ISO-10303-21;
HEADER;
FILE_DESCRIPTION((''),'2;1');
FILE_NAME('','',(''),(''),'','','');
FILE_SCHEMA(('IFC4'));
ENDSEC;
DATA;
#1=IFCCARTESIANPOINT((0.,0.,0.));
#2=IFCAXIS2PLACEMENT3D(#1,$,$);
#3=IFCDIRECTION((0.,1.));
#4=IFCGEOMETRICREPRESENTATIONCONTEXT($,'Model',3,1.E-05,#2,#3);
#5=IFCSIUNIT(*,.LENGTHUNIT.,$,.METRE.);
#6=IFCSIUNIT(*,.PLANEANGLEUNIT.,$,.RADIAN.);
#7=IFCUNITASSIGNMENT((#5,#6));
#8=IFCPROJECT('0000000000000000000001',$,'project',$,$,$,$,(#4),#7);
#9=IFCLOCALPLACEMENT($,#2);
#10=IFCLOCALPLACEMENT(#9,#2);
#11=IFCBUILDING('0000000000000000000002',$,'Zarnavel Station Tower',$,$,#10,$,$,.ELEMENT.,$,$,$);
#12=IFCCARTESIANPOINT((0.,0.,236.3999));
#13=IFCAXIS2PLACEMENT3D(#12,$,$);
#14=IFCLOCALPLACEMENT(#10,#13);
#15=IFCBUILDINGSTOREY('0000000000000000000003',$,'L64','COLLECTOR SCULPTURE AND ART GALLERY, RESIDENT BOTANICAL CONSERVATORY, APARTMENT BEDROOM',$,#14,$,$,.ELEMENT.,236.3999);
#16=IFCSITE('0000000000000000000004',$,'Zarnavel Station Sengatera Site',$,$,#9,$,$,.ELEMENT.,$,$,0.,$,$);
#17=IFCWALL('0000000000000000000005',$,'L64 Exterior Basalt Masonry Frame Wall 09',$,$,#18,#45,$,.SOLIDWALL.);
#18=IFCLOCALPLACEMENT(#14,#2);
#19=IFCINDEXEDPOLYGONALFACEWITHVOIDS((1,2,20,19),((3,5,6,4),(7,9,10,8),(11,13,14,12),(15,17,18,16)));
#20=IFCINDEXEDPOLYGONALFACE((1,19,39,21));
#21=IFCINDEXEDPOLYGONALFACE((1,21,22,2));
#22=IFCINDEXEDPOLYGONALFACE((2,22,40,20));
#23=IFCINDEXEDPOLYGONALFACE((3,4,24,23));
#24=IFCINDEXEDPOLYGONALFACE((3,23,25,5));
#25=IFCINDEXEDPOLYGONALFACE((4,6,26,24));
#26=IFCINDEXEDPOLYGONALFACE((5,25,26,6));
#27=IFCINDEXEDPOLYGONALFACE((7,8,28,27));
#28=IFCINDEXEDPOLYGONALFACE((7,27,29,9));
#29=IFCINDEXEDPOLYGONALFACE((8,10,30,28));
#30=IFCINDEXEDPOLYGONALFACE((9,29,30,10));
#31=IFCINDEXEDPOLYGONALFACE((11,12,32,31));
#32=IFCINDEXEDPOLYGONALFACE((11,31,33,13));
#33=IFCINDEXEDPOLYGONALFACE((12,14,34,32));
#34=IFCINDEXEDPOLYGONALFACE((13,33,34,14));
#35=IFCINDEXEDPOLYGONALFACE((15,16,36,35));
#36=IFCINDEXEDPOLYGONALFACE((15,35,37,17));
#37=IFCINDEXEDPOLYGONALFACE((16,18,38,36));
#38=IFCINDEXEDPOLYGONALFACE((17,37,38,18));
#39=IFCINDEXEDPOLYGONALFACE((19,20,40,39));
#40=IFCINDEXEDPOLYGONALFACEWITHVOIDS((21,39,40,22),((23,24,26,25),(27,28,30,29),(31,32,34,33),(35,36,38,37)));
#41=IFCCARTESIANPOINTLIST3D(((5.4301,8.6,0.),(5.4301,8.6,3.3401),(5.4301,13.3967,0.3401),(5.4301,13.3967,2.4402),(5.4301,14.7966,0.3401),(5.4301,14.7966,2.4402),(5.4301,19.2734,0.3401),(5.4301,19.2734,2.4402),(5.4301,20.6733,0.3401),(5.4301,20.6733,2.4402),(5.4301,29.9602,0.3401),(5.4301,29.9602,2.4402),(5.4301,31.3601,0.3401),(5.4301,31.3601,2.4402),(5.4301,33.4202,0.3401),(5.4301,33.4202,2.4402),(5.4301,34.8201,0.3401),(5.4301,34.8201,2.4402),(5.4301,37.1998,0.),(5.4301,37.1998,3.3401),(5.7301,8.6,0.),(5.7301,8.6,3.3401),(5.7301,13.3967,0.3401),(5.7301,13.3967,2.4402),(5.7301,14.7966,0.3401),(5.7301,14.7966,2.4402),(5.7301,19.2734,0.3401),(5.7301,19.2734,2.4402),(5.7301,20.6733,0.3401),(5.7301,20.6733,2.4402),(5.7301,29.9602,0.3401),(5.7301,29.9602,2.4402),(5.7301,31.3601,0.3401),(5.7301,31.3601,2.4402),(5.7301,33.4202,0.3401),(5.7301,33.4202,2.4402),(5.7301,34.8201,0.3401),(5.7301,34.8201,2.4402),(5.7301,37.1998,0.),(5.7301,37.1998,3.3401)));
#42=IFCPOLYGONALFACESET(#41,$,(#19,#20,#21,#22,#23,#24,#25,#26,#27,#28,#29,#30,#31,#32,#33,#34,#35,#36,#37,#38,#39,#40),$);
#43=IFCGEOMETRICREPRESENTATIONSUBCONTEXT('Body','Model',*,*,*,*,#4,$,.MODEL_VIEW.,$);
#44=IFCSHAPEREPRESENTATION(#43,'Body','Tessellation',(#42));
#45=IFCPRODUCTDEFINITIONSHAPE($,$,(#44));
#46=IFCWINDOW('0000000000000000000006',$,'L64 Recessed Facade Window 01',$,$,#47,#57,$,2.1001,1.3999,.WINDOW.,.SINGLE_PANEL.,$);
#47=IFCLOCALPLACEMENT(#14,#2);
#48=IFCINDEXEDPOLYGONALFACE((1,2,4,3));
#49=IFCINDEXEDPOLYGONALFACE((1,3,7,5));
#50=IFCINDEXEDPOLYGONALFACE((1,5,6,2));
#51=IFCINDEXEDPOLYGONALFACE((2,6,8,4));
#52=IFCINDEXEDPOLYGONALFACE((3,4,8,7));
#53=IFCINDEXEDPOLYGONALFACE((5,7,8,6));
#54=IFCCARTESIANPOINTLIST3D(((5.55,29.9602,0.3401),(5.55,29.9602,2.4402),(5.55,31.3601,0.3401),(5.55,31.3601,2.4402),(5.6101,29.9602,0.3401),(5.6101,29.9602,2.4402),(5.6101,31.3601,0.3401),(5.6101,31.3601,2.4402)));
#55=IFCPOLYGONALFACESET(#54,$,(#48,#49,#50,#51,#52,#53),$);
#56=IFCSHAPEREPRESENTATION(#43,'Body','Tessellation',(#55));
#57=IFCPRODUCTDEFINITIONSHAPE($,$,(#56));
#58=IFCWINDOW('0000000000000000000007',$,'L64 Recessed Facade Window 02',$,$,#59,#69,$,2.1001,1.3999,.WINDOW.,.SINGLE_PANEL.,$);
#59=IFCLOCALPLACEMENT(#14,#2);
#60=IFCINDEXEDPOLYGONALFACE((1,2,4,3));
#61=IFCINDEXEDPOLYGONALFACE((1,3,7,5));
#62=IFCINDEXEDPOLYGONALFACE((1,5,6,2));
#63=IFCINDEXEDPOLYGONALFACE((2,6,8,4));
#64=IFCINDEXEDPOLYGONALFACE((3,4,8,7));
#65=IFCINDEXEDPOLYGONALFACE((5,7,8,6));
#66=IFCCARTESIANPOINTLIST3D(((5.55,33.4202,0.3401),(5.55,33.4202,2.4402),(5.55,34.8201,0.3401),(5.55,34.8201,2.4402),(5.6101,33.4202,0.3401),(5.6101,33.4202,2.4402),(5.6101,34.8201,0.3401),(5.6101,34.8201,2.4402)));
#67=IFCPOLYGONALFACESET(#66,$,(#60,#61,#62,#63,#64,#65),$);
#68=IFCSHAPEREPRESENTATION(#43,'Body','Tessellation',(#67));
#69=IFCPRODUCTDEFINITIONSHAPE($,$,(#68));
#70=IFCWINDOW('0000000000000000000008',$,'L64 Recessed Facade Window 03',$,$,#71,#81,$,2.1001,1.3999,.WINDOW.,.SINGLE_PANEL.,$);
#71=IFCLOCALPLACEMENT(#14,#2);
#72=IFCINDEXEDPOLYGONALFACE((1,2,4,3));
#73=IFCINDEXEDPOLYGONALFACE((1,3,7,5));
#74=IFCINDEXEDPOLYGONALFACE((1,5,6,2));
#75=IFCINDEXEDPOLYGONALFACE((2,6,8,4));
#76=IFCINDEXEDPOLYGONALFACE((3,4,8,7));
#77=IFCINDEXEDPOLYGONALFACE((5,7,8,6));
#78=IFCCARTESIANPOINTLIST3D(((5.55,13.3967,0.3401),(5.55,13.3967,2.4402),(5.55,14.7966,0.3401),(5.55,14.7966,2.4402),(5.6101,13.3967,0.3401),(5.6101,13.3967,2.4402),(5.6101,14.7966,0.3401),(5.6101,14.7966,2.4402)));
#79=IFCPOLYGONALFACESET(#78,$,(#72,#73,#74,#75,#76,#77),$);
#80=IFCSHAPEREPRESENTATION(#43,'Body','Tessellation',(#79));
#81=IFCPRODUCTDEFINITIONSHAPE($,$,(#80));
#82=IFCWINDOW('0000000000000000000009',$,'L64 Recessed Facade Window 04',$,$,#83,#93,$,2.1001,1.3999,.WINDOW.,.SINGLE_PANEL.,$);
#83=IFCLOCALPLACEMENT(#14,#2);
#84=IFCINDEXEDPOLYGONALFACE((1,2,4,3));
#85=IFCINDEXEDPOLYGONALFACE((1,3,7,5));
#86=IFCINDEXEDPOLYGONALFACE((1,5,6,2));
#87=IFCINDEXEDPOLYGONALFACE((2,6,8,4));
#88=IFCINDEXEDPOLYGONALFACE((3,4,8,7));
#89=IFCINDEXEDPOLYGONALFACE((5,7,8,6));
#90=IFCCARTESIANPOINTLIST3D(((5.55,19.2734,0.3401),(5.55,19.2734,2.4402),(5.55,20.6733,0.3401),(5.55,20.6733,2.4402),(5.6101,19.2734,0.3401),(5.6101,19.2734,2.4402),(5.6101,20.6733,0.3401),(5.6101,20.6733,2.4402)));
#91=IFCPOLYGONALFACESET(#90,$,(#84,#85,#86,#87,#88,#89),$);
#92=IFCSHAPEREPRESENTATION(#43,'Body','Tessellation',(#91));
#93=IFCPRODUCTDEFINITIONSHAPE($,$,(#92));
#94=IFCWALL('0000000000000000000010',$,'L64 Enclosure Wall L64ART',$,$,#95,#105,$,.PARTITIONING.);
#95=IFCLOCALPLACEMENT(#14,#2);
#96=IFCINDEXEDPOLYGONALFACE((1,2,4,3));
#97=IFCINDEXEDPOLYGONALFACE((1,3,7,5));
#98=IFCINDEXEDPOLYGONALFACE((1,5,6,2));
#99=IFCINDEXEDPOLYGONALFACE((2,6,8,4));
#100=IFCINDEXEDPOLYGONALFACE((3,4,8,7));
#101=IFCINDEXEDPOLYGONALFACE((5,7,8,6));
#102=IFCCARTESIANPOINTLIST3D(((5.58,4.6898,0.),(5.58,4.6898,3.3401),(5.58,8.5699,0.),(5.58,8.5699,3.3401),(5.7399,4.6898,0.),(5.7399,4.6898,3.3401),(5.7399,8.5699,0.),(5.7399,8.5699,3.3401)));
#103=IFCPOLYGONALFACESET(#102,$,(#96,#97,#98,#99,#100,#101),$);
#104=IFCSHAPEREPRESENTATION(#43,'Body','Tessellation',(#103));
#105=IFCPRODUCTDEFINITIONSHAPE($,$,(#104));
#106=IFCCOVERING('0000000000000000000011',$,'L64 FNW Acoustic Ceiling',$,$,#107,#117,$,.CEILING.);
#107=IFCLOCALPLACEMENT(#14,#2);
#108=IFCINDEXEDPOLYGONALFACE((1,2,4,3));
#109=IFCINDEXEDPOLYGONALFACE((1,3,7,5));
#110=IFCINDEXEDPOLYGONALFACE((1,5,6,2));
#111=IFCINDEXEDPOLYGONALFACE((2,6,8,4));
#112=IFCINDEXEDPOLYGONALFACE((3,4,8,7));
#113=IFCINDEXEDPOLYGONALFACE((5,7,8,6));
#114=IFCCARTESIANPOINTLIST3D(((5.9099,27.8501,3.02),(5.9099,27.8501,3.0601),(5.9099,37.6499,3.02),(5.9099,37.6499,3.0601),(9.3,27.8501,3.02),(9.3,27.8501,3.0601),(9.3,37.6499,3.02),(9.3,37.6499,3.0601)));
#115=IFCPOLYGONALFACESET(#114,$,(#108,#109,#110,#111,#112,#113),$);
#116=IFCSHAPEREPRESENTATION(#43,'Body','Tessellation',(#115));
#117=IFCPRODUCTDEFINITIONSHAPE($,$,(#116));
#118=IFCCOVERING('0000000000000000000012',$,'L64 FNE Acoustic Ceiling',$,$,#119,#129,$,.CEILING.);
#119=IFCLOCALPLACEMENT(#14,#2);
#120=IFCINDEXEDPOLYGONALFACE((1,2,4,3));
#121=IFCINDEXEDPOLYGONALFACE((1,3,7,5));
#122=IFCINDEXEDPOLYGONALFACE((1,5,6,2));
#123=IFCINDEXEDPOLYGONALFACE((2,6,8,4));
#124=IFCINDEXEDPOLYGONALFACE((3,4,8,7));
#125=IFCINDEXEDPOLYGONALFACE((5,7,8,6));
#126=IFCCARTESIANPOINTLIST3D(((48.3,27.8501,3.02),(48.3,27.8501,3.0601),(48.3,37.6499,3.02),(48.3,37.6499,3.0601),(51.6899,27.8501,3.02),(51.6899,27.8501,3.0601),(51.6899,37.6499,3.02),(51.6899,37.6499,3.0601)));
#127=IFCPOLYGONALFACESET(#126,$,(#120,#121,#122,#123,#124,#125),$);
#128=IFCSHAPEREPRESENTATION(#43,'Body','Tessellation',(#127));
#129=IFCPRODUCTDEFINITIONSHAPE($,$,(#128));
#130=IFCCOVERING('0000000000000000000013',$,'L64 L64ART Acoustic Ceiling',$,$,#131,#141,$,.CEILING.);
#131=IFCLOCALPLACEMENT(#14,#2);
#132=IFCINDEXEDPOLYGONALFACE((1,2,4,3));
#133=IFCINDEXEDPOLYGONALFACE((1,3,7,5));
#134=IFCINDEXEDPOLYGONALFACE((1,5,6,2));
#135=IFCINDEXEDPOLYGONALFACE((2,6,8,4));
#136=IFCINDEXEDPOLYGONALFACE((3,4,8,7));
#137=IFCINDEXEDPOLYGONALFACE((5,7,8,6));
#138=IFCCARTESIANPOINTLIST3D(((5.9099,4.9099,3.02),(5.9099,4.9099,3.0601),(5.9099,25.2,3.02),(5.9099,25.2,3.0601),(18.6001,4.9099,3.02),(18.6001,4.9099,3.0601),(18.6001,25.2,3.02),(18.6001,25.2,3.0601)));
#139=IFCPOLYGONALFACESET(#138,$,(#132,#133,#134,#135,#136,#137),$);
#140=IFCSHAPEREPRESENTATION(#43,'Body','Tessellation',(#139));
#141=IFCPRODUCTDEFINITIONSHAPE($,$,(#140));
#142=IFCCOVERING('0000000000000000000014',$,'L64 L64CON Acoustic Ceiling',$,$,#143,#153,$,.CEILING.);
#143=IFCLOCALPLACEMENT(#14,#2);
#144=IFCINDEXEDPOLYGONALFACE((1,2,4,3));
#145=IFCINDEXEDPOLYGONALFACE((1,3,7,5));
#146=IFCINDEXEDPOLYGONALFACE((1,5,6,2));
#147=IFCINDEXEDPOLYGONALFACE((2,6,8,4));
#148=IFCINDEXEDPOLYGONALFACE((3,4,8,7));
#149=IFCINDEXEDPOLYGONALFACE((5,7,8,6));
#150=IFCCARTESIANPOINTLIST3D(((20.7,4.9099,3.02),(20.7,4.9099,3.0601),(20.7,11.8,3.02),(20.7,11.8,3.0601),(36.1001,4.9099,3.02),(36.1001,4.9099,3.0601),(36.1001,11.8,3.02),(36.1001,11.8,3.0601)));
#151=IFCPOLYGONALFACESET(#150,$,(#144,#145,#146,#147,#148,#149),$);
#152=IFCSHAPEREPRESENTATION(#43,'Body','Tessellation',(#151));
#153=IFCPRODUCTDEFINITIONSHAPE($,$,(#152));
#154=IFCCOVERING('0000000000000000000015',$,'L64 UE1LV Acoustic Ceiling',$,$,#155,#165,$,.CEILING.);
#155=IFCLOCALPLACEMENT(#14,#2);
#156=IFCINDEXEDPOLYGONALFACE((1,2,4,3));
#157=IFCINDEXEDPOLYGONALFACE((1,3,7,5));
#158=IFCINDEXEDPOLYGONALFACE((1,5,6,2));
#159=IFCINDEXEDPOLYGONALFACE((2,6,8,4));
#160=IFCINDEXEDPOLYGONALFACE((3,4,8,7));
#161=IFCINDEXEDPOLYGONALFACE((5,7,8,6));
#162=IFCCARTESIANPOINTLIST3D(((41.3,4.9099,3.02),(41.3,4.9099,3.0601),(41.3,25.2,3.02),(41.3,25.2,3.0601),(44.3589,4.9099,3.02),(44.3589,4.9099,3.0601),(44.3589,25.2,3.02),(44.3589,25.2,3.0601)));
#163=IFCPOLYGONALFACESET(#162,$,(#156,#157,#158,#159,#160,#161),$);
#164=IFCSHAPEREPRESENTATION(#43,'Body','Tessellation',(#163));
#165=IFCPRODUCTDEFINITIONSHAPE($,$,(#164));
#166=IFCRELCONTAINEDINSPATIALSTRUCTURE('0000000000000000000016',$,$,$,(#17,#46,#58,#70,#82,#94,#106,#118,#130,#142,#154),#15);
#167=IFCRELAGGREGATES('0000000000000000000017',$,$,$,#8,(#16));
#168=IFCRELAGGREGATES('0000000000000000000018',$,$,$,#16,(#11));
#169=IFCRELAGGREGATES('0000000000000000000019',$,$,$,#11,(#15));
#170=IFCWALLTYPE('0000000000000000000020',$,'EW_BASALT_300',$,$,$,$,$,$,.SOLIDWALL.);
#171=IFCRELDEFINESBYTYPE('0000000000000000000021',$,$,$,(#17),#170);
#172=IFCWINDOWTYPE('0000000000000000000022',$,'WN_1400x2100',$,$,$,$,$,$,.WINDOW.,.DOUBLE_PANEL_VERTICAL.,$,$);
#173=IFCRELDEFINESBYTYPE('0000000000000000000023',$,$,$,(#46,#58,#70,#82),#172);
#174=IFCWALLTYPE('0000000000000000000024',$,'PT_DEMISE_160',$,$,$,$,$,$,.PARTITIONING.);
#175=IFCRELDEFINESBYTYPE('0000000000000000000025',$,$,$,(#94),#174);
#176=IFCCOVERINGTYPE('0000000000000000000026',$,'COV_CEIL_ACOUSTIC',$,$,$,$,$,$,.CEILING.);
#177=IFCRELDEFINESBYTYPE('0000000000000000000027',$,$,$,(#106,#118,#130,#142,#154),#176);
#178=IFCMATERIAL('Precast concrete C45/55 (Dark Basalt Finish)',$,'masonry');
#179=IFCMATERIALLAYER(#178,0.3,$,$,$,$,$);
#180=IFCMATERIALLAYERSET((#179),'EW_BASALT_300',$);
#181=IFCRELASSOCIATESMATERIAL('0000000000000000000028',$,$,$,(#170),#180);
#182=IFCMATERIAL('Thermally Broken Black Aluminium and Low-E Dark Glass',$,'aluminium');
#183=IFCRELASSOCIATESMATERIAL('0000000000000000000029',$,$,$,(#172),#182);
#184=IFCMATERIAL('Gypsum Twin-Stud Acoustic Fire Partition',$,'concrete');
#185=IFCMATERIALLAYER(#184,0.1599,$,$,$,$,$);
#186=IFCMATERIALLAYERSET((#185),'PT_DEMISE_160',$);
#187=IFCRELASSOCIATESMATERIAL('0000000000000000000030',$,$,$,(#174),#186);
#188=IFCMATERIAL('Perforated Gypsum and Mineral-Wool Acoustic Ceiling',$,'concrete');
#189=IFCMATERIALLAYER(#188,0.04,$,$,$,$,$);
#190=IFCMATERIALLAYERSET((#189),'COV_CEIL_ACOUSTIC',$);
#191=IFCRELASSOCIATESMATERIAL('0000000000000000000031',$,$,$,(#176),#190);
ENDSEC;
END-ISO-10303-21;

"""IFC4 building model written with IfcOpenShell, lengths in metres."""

from ifc_helpers import new_model, si_unit, direction, frame, frame_2d, origin, place, context, subcontext, project, spatial, polyline, rectangle, outline, extrude, material, layer, layer_set, type_object, element, fill, save


model = new_model("IFC4")

# Units and contexts
model_context = context("Model", 3, precision=1e-05, world=origin(), true_north=direction((0.0, 1.0)))
body_context = subcontext(model_context, "Body", "Model", "MODEL_VIEW")
ifc_project = project(units=[si_unit("LENGTHUNIT", "METRE"), si_unit("PLANEANGLEUNIT", "RADIAN")], contexts=[model_context])

# Site, building, storey
site_placement = place(None, origin())
site = spatial("IfcSite", under=ifc_project, at=site_placement, Name="Zarnavel Station Sengatera Site", CompositionType="ELEMENT", RefElevation=0.0)
building_placement = place(site_placement, origin())
building = spatial("IfcBuilding", under=site, at=building_placement, Name="Zarnavel Station Tower", CompositionType="ELEMENT")
storey_placement = place(building_placement, frame((0.0, 0.0, 236.3999)))
storey = spatial("IfcBuildingStorey", under=building, at=storey_placement, Name="L64", Description="COLLECTOR SCULPTURE AND ART GALLERY, RESIDENT BOTANICAL CONSERVATORY, APARTMENT BEDROOM", CompositionType="ELEMENT", Elevation=236.3999)

# Wall, openings, windows
ifc_material_1 = material(Name="Precast concrete C45/55 (Dark Basalt Finish)", Category="masonry")
ifc_layer_1 = layer(ifc_material_1, 0.3)
ifc_layer_set_1 = layer_set([ifc_layer_1], Name="EW_BASALT_300")
wall_type_1 = type_object("IfcWallType", Name="EW_BASALT_300", PredefinedType="SOLIDWALL", material=ifc_layer_set_1)
wall_1_placement = place(storey_placement, frame((5.5801, 8.6001, 0.0), z_axis=(0.0, 0.0, 1.0), x_axis=(0.0, 1.0, 0.0)))
wall_1 = element("IfcWall", 1, at=wall_1_placement, inside=storey, type_object=wall_type_1, Name="L64 Exterior Basalt Masonry Frame Wall 09", PredefinedType="SOLIDWALL", context=body_context, shape_type="SweptSolid", body=[
    extrude(rectangle(XDim=28.5999, YDim=0.3, at=frame_2d((14.2998, 0.0))), origin(), (0.0, 0.0, 1.0), 3.3401),
])
opening_1_placement = place(wall_1_placement, frame((21.3601, 0.0, 0.3401)))
opening_1 = element("IfcOpeningElement", 2, at=opening_1_placement, cuts=wall_1, PredefinedType="OPENING", context=body_context, shape_type="SweptSolid", body=[
    extrude(rectangle(XDim=1.3999, YDim=2.1001, at=frame_2d((0.7, 1.05))), frame((0.0, 0.1599, 0.0), z_axis=(0.0, -1.0, 0.0), x_axis=(1.0, 0.0, 0.0)), (0.0, 0.0, 1.0), 0.3201),
])
opening_2_placement = place(wall_1_placement, frame((24.8201, 0.0, 0.3401)))
opening_2 = element("IfcOpeningElement", 3, at=opening_2_placement, cuts=wall_1, PredefinedType="OPENING", context=body_context, shape_type="SweptSolid", body=[
    extrude(rectangle(XDim=1.3999, YDim=2.1001, at=frame_2d((0.7, 1.05))), frame((0.0, 0.1599, 0.0), z_axis=(0.0, -1.0, 0.0), x_axis=(1.0, 0.0, 0.0)), (0.0, 0.0, 1.0), 0.3201),
])
opening_3_placement = place(wall_1_placement, frame((4.7966, 0.0, 0.3401)))
opening_3 = element("IfcOpeningElement", 4, at=opening_3_placement, cuts=wall_1, PredefinedType="OPENING", context=body_context, shape_type="SweptSolid", body=[
    extrude(rectangle(XDim=1.3999, YDim=2.1001, at=frame_2d((0.7, 1.05))), frame((0.0, 0.1599, 0.0), z_axis=(0.0, -1.0, 0.0), x_axis=(1.0, 0.0, 0.0)), (0.0, 0.0, 1.0), 0.3201),
])
opening_4_placement = place(wall_1_placement, frame((10.6733, 0.0, 0.3401)))
opening_4 = element("IfcOpeningElement", 5, at=opening_4_placement, cuts=wall_1, PredefinedType="OPENING", context=body_context, shape_type="SweptSolid", body=[
    extrude(rectangle(XDim=1.3999, YDim=2.1001, at=frame_2d((0.7, 1.05))), frame((0.0, 0.1599, 0.0), z_axis=(0.0, -1.0, 0.0), x_axis=(1.0, 0.0, 0.0)), (0.0, 0.0, 1.0), 0.3201),
])
ifc_material_2 = material(Name="Thermally Broken Black Aluminium and Low-E Dark Glass", Category="aluminium")
window_type = type_object("IfcWindowType", Name="WN_1400x2100", PartitioningType="DOUBLE_PANEL_VERTICAL", PredefinedType="WINDOW", material=ifc_material_2)
window_1_placement = place(opening_1_placement, origin())
window_1 = element("IfcWindow", 6, at=window_1_placement, inside=storey, type_object=window_type, Name="L64 Recessed Facade Window 01", OverallHeight=2.1001, OverallWidth=1.3999, PartitioningType="SINGLE_PANEL", PredefinedType="WINDOW", context=body_context, shape_type="SweptSolid", body=[
    extrude(rectangle(XDim=1.3999, YDim=2.1001, at=frame_2d((0.7, 1.05))), frame((0.0, 0.03, 0.0), z_axis=(0.0, -1.0, 0.0), x_axis=(1.0, 0.0, 0.0)), (0.0, 0.0, 1.0), 0.0601),
])
fill(opening_1, window_1)
window_2_placement = place(opening_2_placement, origin())
window_2 = element("IfcWindow", 7, at=window_2_placement, inside=storey, type_object=window_type, Name="L64 Recessed Facade Window 02", OverallHeight=2.1001, OverallWidth=1.3999, PartitioningType="SINGLE_PANEL", PredefinedType="WINDOW", context=body_context, shape_type="SweptSolid", body=[
    extrude(rectangle(XDim=1.3999, YDim=2.1001, at=frame_2d((0.7, 1.05))), frame((0.0, 0.03, 0.0), z_axis=(0.0, -1.0, 0.0), x_axis=(1.0, 0.0, 0.0)), (0.0, 0.0, 1.0), 0.0601),
])
fill(opening_2, window_2)
window_3_placement = place(opening_3_placement, origin())
window_3 = element("IfcWindow", 8, at=window_3_placement, inside=storey, type_object=window_type, Name="L64 Recessed Facade Window 03", OverallHeight=2.1001, OverallWidth=1.3999, PartitioningType="SINGLE_PANEL", PredefinedType="WINDOW", context=body_context, shape_type="SweptSolid", body=[
    extrude(rectangle(XDim=1.3999, YDim=2.1001, at=frame_2d((0.7, 1.05))), frame((0.0, 0.03, 0.0), z_axis=(0.0, -1.0, 0.0), x_axis=(1.0, 0.0, 0.0)), (0.0, 0.0, 1.0), 0.0601),
])
fill(opening_3, window_3)
window_4_placement = place(opening_4_placement, origin())
window_4 = element("IfcWindow", 9, at=window_4_placement, inside=storey, type_object=window_type, Name="L64 Recessed Facade Window 04", OverallHeight=2.1001, OverallWidth=1.3999, PartitioningType="SINGLE_PANEL", PredefinedType="WINDOW", context=body_context, shape_type="SweptSolid", body=[
    extrude(rectangle(XDim=1.3999, YDim=2.1001, at=frame_2d((0.7, 1.05))), frame((0.0, 0.03, 0.0), z_axis=(0.0, -1.0, 0.0), x_axis=(1.0, 0.0, 0.0)), (0.0, 0.0, 1.0), 0.0601),
])
fill(opening_4, window_4)

# Wall
ifc_material_3 = material(Name="Gypsum Twin-Stud Acoustic Fire Partition", Category="concrete")
ifc_layer_2 = layer(ifc_material_3, 0.1599)
ifc_layer_set_2 = layer_set([ifc_layer_2], Name="PT_DEMISE_160")
wall_type_2 = type_object("IfcWallType", Name="PT_DEMISE_160", PredefinedType="PARTITIONING", material=ifc_layer_set_2)
wall_2_placement = place(storey_placement, frame((5.6599, 4.6899, 0.0), z_axis=(0.0, 0.0, 1.0), x_axis=(0.0, 1.0, 0.0)))
element("IfcWall", 10, at=wall_2_placement, inside=storey, type_object=wall_type_2, Name="L64 Enclosure Wall L64ART", PredefinedType="PARTITIONING", context=body_context, shape_type="SweptSolid", body=[
    extrude(rectangle(XDim=3.8801, YDim=0.1599, at=frame_2d((1.9399, 0.0))), origin(), (0.0, 0.0, 1.0), 3.3401),
])

# Coverings
ifc_material_4 = material(Name="Perforated Gypsum and Mineral-Wool Acoustic Ceiling", Category="concrete")
ifc_layer_3 = layer(ifc_material_4, 0.04)
ifc_layer_set_3 = layer_set([ifc_layer_3], Name="COV_CEIL_ACOUSTIC")
covering_type_1 = type_object("IfcCoveringType", Name="COV_CEIL_ACOUSTIC", PredefinedType="CEILING", material=ifc_layer_set_3)
covering_1_placement = place(storey_placement, frame((0.0, 0.0, 3.02)))
element("IfcCovering", 11, at=covering_1_placement, inside=storey, type_object=covering_type_1, Name="L64 FNW Acoustic Ceiling", PredefinedType="CEILING", context=body_context, shape_type="SweptSolid", body=[
    extrude(outline(polyline([(5.9099, 27.8501), (9.3, 27.8501), (9.3, 37.6499), (5.9099, 37.6499), (5.9099, 27.8501)])), origin(), (0.0, 0.0, 1.0), 0.04),
])
covering_2_placement = place(storey_placement, frame((0.0, 0.0, 3.02)))
element("IfcCovering", 12, at=covering_2_placement, inside=storey, type_object=covering_type_1, Name="L64 FNE Acoustic Ceiling", PredefinedType="CEILING", context=body_context, shape_type="SweptSolid", body=[
    extrude(outline(polyline([(48.3, 27.8501), (51.6899, 27.8501), (51.6899, 37.6499), (48.3, 37.6499), (48.3, 27.8501)])), origin(), (0.0, 0.0, 1.0), 0.04),
])
covering_3_placement = place(storey_placement, frame((0.0, 0.0, 3.02)))
element("IfcCovering", 13, at=covering_3_placement, inside=storey, type_object=covering_type_1, Name="L64 L64ART Acoustic Ceiling", PredefinedType="CEILING", context=body_context, shape_type="SweptSolid", body=[
    extrude(outline(polyline([(5.9099, 4.9099), (18.6001, 4.9099), (18.6001, 25.2), (5.9099, 25.2), (5.9099, 4.9099)])), origin(), (0.0, 0.0, 1.0), 0.04),
])
covering_4_placement = place(storey_placement, frame((0.0, 0.0, 3.02)))
element("IfcCovering", 14, at=covering_4_placement, inside=storey, type_object=covering_type_1, Name="L64 L64CON Acoustic Ceiling", PredefinedType="CEILING", context=body_context, shape_type="SweptSolid", body=[
    extrude(outline(polyline([(20.7, 4.9099), (36.1001, 4.9099), (36.1001, 11.8), (20.7, 11.8), (20.7, 4.9099)])), origin(), (0.0, 0.0, 1.0), 0.04),
])
covering_5_placement = place(storey_placement, frame((0.0, 0.0, 3.02)))
element("IfcCovering", 15, at=covering_5_placement, inside=storey, type_object=covering_type_1, Name="L64 UE1LV Acoustic Ceiling", PredefinedType="CEILING", context=body_context, shape_type="SweptSolid", body=[
    extrude(outline(polyline([(41.3, 4.9099), (44.3589, 4.9099), (44.3589, 25.2), (41.3, 25.2), (41.3, 4.9099)])), origin(), (0.0, 0.0, 1.0), 0.04),
])

save(model, "model.ifc")
